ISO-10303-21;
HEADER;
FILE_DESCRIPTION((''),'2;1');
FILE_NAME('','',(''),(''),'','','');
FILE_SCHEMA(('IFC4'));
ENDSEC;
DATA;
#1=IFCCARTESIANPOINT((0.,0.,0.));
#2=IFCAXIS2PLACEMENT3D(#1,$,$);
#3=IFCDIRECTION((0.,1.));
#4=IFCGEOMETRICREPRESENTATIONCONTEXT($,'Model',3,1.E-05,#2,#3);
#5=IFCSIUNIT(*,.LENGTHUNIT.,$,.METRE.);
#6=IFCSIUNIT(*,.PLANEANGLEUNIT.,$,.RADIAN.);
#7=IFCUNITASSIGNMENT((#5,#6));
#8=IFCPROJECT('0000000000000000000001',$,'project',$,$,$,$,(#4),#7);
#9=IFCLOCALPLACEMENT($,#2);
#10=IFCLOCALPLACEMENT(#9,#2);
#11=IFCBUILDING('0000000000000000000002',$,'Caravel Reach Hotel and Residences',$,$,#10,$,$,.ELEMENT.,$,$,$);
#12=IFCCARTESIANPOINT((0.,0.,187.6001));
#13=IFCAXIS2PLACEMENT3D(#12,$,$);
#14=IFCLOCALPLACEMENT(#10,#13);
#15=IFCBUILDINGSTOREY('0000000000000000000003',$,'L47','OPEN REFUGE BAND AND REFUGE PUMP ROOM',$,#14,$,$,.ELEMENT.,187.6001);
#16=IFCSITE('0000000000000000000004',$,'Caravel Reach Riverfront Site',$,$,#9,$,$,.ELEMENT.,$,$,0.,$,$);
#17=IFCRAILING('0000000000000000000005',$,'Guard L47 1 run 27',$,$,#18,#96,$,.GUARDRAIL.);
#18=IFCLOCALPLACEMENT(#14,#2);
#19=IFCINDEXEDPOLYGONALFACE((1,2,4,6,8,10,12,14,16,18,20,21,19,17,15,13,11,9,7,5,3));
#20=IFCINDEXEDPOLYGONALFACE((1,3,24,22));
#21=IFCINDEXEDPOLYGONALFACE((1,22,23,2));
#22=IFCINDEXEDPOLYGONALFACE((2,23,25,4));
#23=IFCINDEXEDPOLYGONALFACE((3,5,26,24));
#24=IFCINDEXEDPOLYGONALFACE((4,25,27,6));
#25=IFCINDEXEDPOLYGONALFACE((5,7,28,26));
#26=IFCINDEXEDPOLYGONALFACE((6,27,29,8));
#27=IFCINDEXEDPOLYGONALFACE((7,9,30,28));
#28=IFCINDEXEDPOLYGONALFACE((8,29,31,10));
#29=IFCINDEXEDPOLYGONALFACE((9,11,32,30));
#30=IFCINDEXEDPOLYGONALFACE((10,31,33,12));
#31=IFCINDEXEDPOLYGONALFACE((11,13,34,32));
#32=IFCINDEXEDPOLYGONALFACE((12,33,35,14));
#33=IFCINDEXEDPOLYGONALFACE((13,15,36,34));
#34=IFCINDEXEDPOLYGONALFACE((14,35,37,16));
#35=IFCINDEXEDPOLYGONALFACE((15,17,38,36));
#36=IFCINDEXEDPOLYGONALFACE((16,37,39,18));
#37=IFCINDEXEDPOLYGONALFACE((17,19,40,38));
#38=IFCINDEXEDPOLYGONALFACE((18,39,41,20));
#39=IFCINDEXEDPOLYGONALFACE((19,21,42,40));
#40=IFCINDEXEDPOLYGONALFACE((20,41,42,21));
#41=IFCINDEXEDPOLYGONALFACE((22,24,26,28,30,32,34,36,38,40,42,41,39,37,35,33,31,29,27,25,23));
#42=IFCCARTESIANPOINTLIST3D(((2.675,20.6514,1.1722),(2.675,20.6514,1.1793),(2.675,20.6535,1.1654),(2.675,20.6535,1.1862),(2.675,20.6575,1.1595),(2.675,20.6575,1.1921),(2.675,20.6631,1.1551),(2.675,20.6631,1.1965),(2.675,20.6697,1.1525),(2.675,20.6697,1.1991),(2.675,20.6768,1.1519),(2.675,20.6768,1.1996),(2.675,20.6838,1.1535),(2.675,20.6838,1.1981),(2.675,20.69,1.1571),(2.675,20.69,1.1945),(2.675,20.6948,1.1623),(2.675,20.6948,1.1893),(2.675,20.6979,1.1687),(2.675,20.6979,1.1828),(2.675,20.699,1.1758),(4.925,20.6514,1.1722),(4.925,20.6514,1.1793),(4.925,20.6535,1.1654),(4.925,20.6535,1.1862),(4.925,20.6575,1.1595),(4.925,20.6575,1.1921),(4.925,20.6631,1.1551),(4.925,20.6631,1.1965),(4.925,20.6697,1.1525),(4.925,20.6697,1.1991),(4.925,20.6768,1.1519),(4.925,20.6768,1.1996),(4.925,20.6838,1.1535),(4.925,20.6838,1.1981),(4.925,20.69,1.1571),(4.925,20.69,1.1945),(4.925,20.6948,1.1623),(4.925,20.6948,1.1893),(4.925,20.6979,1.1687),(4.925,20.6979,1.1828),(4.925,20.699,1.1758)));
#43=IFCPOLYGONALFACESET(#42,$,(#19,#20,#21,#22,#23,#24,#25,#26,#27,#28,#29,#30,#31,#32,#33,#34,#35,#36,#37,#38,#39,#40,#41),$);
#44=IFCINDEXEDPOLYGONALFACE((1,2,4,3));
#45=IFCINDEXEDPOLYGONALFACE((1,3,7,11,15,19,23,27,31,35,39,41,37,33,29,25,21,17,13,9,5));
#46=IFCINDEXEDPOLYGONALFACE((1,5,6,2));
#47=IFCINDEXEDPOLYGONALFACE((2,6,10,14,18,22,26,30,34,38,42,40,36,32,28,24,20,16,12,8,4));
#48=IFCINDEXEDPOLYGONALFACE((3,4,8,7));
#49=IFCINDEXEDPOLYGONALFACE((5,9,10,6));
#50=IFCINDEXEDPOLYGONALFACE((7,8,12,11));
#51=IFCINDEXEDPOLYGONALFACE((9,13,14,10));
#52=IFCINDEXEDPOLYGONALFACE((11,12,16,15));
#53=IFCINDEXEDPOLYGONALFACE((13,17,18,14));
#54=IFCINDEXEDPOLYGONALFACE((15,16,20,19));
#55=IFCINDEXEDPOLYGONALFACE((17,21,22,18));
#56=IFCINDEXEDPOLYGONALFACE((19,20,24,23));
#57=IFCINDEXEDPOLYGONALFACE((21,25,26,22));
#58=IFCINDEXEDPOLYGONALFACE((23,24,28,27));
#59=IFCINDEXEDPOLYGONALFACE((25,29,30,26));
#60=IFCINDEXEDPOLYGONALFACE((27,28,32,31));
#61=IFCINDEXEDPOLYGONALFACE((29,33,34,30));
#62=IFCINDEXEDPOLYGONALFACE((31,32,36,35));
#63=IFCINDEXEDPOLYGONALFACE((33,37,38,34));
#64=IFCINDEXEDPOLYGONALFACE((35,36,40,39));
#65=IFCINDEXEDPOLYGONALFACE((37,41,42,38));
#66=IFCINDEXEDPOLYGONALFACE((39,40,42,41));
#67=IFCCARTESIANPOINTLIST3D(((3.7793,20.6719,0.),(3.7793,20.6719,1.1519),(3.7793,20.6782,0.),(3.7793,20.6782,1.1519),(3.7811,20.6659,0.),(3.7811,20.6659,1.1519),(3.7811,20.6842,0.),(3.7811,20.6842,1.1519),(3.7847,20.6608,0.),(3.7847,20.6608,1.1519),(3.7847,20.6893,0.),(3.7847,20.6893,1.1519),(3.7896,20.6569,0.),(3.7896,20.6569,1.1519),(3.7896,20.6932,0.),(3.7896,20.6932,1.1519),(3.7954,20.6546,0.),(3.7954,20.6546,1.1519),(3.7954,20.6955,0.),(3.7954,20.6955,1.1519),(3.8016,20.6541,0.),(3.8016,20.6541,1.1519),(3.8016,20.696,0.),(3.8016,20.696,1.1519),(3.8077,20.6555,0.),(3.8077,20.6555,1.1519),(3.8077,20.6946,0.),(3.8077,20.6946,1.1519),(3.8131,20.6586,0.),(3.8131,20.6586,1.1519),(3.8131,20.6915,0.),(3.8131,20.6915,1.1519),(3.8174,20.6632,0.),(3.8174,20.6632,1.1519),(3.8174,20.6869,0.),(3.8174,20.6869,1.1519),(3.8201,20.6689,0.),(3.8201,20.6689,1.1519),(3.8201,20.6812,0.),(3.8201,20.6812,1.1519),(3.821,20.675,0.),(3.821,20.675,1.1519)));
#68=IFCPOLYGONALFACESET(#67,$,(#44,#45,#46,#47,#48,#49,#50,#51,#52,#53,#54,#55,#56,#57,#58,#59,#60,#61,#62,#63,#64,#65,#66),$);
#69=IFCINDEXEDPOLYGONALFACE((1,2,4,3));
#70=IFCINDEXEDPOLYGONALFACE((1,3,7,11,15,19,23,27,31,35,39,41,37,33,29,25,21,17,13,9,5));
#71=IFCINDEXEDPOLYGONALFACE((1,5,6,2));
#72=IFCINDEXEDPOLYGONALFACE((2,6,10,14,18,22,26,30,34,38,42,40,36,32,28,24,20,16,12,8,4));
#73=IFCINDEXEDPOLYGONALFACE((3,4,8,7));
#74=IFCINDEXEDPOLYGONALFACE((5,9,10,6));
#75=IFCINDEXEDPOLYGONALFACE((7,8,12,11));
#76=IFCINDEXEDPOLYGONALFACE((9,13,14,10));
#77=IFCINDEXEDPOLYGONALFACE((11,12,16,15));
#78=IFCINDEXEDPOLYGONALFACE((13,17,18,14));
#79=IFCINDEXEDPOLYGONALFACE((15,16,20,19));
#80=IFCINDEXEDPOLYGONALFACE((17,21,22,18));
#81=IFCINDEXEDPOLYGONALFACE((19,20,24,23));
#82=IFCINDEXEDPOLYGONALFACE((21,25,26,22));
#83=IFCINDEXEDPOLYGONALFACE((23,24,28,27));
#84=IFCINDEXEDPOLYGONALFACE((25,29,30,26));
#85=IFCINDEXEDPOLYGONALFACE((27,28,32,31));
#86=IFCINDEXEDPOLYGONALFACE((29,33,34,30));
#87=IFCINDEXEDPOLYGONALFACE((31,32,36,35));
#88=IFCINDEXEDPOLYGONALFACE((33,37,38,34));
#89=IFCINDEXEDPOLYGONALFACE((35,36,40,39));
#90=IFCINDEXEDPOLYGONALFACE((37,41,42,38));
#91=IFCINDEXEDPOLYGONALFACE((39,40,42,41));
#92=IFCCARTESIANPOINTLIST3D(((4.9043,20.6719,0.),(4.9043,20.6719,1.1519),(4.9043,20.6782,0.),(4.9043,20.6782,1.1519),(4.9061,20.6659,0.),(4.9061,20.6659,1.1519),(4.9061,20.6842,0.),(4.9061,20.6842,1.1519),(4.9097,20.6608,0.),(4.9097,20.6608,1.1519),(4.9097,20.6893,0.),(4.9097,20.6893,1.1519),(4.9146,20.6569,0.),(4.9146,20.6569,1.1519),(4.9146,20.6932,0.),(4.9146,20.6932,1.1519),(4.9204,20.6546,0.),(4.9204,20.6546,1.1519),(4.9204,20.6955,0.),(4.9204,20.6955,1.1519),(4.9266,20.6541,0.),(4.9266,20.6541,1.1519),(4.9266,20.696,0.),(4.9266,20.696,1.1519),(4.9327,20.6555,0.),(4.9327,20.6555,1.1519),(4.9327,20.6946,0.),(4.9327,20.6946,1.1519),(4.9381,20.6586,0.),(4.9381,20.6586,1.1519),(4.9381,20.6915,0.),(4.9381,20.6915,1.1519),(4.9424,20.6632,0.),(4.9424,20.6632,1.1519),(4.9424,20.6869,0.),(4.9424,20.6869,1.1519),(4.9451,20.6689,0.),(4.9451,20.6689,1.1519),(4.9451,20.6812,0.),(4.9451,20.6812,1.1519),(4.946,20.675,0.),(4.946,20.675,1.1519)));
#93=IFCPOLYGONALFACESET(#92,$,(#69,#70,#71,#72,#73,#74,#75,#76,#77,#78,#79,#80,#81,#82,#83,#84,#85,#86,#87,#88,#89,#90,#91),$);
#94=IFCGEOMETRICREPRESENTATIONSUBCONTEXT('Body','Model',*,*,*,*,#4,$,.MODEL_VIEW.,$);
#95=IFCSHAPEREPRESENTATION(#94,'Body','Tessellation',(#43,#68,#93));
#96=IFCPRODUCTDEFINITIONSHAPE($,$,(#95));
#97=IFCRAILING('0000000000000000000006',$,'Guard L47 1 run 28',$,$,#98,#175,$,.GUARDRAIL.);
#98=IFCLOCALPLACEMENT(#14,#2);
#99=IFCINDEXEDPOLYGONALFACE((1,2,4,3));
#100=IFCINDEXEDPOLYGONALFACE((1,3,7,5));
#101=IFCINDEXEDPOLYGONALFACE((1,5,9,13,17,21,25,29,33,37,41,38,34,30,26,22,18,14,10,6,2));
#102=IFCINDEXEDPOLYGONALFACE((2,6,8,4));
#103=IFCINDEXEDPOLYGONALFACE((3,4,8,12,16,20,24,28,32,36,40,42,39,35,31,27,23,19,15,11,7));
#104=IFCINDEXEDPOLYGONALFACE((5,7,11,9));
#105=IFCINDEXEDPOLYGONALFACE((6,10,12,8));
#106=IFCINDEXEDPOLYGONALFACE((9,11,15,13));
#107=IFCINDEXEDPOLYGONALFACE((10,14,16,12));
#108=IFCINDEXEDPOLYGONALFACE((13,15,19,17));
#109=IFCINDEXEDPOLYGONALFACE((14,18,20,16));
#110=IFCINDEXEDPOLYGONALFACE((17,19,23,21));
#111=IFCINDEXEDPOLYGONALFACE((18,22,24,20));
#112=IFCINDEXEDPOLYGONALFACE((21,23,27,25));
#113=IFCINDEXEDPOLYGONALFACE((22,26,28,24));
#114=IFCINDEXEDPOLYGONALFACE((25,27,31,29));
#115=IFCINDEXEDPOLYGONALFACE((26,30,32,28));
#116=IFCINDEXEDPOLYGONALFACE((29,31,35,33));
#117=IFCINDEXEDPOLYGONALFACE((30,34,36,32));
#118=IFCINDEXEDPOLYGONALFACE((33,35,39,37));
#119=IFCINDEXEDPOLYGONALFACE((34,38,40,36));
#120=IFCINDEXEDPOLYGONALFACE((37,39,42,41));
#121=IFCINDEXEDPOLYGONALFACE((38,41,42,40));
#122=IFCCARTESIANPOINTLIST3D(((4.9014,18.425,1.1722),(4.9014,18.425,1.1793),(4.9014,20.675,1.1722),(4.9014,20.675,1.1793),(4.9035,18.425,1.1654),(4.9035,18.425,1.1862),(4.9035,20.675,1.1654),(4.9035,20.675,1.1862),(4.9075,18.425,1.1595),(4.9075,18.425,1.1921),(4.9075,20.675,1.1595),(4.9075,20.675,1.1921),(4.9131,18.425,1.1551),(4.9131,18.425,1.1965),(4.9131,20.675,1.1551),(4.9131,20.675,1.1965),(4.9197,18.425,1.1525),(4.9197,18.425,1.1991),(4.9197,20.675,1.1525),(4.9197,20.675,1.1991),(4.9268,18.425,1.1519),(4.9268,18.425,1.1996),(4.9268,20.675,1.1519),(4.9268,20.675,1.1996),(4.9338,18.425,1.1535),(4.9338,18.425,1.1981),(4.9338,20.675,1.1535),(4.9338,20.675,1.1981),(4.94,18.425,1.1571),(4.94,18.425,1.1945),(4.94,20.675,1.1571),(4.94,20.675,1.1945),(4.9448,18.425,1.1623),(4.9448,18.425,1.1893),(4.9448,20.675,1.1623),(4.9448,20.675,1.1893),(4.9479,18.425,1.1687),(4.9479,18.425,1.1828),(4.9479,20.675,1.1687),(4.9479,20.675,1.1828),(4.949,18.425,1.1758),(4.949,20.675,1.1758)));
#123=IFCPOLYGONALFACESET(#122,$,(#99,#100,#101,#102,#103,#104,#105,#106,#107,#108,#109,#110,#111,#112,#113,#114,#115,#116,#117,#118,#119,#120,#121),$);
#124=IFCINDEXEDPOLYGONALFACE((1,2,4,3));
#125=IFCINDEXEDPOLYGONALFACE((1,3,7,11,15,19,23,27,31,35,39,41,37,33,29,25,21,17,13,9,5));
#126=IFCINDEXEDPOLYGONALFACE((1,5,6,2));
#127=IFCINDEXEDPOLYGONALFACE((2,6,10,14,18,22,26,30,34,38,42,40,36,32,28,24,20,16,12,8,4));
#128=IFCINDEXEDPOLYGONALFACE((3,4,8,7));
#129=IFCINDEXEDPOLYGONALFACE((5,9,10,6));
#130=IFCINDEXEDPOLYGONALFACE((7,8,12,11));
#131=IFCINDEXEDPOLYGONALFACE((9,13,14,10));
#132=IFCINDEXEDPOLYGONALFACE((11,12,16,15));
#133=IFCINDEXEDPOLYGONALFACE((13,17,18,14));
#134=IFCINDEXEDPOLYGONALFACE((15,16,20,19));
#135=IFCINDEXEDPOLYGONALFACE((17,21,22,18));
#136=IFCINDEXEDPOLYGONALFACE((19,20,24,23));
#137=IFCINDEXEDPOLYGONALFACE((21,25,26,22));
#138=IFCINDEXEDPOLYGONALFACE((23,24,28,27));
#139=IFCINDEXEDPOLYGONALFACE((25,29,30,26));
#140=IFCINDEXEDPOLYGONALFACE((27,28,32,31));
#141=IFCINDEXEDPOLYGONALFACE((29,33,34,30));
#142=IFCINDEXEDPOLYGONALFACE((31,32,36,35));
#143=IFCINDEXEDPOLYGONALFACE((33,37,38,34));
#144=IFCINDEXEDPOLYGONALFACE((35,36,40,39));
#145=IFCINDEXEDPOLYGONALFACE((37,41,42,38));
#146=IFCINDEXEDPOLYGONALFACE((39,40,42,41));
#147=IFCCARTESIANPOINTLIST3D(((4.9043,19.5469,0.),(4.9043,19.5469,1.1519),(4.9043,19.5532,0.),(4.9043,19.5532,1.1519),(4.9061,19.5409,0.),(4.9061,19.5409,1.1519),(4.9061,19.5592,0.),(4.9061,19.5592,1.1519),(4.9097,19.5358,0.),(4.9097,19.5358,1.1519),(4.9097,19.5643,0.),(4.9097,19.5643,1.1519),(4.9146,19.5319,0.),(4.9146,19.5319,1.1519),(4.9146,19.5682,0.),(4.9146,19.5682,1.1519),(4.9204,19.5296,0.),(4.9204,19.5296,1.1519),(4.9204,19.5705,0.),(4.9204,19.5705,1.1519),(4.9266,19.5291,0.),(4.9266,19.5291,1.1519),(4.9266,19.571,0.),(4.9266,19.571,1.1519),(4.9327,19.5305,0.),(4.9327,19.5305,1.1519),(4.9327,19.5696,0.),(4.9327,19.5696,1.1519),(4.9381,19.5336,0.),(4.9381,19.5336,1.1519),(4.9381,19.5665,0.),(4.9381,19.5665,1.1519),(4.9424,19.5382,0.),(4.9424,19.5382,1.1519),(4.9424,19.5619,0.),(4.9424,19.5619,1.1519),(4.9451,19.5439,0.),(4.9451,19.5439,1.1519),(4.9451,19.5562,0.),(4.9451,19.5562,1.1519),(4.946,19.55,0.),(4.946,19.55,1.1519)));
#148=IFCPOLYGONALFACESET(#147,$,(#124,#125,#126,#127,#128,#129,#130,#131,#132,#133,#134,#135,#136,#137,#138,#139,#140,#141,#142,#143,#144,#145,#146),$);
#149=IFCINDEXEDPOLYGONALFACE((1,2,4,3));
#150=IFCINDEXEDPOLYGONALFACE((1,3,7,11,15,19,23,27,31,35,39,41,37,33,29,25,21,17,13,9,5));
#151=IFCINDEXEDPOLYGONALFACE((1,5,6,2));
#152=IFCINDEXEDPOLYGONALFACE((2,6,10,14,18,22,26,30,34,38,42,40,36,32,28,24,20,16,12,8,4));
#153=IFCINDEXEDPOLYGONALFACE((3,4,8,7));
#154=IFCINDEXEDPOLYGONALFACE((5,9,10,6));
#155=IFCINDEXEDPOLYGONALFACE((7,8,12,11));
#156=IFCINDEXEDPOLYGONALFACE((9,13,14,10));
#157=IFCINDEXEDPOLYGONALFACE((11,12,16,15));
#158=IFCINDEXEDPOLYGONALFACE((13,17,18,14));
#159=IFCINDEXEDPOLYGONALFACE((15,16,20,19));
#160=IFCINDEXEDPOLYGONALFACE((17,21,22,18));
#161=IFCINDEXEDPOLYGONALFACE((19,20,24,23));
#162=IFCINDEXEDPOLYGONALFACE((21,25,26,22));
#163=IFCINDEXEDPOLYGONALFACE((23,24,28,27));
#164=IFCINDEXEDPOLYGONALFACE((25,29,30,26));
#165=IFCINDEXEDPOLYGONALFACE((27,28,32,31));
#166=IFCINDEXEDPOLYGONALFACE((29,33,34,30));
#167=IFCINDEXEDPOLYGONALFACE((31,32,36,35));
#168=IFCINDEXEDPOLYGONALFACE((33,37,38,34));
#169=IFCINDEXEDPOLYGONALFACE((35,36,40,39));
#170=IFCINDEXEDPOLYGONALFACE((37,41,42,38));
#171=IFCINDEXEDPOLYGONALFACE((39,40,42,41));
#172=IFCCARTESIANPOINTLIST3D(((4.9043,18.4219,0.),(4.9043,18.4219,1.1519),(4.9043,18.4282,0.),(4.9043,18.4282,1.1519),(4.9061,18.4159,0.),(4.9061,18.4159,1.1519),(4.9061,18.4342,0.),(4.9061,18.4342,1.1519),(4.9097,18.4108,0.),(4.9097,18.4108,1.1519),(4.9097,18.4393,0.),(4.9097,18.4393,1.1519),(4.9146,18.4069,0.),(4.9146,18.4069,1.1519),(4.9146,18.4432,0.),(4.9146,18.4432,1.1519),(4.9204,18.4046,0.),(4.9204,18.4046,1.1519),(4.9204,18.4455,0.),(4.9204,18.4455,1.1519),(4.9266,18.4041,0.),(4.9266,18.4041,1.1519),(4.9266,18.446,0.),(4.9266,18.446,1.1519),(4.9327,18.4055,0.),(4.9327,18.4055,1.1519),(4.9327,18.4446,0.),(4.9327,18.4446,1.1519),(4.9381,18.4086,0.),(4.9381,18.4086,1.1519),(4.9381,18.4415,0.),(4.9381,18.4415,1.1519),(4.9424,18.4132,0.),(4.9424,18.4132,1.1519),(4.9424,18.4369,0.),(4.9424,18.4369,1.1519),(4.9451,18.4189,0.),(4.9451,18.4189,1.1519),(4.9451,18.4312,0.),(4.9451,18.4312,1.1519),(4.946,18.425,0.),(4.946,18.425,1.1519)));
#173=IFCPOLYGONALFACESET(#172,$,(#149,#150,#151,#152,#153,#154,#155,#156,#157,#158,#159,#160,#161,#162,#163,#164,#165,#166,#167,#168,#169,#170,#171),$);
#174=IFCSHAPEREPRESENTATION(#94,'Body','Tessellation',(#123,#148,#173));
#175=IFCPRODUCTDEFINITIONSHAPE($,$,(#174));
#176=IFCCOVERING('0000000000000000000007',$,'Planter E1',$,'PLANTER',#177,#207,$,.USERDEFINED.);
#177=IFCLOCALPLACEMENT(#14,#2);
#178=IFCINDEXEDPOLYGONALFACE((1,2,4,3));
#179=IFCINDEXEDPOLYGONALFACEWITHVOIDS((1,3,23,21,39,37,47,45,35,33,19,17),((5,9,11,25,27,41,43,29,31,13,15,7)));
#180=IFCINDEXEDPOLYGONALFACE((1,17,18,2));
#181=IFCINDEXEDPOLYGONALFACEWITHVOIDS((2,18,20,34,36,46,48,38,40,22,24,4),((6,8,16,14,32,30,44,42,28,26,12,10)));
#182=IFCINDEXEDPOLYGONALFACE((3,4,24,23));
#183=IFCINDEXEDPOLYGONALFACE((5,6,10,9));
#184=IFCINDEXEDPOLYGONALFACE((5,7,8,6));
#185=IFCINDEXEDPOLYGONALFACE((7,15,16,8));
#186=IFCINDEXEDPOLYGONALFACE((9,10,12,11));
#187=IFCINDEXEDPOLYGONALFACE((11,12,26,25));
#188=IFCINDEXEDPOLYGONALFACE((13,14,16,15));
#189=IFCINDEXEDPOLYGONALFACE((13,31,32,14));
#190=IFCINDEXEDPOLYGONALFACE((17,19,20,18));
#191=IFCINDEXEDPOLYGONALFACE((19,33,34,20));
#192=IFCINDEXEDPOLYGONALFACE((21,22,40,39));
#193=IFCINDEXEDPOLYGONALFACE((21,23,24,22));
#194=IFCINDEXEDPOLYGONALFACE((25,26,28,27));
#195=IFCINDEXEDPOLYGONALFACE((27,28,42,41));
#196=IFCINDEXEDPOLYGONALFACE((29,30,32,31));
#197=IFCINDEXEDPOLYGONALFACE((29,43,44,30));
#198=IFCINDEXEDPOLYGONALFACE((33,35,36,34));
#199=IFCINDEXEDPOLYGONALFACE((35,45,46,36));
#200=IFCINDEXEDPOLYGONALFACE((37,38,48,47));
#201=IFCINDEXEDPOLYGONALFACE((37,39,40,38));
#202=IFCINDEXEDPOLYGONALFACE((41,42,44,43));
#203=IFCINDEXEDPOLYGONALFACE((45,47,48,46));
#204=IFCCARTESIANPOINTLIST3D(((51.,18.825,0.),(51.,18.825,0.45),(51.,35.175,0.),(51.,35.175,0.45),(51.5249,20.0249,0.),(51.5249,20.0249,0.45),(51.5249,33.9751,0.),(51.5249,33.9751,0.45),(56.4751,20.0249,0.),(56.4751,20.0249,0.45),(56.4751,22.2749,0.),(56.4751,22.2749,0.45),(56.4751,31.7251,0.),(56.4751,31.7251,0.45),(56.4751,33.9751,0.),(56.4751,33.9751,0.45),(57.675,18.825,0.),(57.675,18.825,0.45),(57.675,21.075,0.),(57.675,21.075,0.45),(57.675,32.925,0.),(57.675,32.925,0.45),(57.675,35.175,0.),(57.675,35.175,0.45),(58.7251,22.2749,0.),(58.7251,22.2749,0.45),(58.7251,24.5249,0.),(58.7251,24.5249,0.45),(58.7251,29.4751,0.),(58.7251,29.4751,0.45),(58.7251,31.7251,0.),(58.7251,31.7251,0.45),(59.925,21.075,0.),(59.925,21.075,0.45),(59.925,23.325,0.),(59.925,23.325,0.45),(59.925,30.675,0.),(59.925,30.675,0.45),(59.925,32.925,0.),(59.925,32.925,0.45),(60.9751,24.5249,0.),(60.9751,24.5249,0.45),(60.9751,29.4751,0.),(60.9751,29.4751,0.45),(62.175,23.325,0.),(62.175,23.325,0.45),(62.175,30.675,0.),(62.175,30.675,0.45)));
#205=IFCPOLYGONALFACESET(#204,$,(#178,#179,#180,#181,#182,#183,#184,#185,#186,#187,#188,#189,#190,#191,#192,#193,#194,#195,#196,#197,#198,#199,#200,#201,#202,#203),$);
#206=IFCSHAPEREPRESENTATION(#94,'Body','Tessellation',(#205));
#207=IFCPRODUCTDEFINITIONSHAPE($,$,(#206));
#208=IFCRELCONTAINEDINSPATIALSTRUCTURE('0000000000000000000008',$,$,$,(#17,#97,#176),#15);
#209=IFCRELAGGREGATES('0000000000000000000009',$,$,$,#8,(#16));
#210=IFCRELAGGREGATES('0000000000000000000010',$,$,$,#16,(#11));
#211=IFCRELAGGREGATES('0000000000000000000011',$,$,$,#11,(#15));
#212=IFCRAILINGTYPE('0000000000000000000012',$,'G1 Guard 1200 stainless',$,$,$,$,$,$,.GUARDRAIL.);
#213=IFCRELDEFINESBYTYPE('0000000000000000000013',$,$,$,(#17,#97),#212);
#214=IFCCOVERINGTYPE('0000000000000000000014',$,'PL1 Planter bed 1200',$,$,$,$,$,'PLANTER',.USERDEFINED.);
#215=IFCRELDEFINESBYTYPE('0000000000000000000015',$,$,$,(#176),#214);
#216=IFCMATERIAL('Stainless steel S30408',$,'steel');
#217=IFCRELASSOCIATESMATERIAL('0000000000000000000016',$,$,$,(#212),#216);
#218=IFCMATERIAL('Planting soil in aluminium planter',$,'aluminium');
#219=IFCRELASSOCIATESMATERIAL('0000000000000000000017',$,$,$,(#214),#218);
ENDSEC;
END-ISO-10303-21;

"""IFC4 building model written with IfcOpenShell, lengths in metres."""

from ifc_helpers import new_model, si_unit, direction, frame, origin, origin_2d, place, context, subcontext, project, spatial, polyline, circle, outline, extrude, material, type_object, element, save


model = new_model("IFC4")

# Units and contexts
model_context = context("Model", 3, precision=1e-05, world=origin(), true_north=direction((0.0, 1.0)))
body_context = subcontext(model_context, "Body", "Model", "MODEL_VIEW")
ifc_project = project(units=[si_unit("LENGTHUNIT", "METRE"), si_unit("PLANEANGLEUNIT", "RADIAN")], contexts=[model_context])

# Site, building, storey
site_placement = place(None, origin())
site = spatial("IfcSite", under=ifc_project, at=site_placement, Name="Caravel Reach Riverfront Site", CompositionType="ELEMENT", RefElevation=0.0)
building_placement = place(site_placement, origin())
building = spatial("IfcBuilding", under=site, at=building_placement, Name="Caravel Reach Hotel and Residences", CompositionType="ELEMENT")
storey_placement = place(building_placement, frame((0.0, 0.0, 187.6001)))
storey = spatial("IfcBuildingStorey", under=building, at=storey_placement, Name="L47", Description="OPEN REFUGE BAND AND REFUGE PUMP ROOM", CompositionType="ELEMENT", Elevation=187.6001)

# Railings
ifc_material_1 = material(Name="Stainless steel S30408", Category="steel")
railing_type = type_object("IfcRailingType", Name="G1 Guard 1200 stainless", PredefinedType="GUARDRAIL", material=ifc_material_1)
railing_1_placement = place(storey_placement, frame((2.675, 20.675, 0.0)))
element("IfcRailing", 1, at=railing_1_placement, inside=storey, type_object=railing_type, Name="Guard L47 1 run 27", PredefinedType="GUARDRAIL", context=body_context, shape_type="SweptSolid", body=[
    extrude(circle(Radius=0.0239, at=origin_2d()), frame((0.0, 0.0, 1.1758), z_axis=(1.0, 0.0, 0.0), x_axis=(0.0, 1.0, 0.0)), (0.0, 0.0, 1.0), 2.25),
    extrude(circle(Radius=0.021, at=origin_2d()), frame((1.125, 0.0, 0.0)), (0.0, 0.0, 1.0), 1.1519),
    extrude(circle(Radius=0.021, at=origin_2d()), frame((2.25, 0.0, 0.0)), (0.0, 0.0, 1.0), 1.1519),
])
railing_2_placement = place(storey_placement, frame((4.925, 20.675, 0.0)))
element("IfcRailing", 2, at=railing_2_placement, inside=storey, type_object=railing_type, Name="Guard L47 1 run 28", PredefinedType="GUARDRAIL", context=body_context, shape_type="SweptSolid", body=[
    extrude(circle(Radius=0.0239, at=origin_2d()), frame((0.0, 0.0, 1.1758), z_axis=(0.0, -1.0, 0.0), x_axis=(1.0, 0.0, 0.0)), (0.0, 0.0, 1.0), 2.25),
    extrude(circle(Radius=0.021, at=origin_2d()), frame((0.0, -1.125, 0.0)), (0.0, 0.0, 1.0), 1.1519),
    extrude(circle(Radius=0.021, at=origin_2d()), frame((0.0, -2.25, 0.0)), (0.0, 0.0, 1.0), 1.1519),
])

# Covering
ifc_material_2 = material(Name="Planting soil in aluminium planter", Category="aluminium")
covering_type_1 = type_object("IfcCoveringType", Name="PL1 Planter bed 1200", ElementType="PLANTER", PredefinedType="USERDEFINED", material=ifc_material_2)
covering_1_placement = place(storey_placement, origin())
element("IfcCovering", 3, at=covering_1_placement, inside=storey, type_object=covering_type_1, Name="Planter E1", ObjectType="PLANTER", PredefinedType="USERDEFINED", context=body_context, shape_type="SweptSolid", body=[
    extrude(outline(polyline([(59.925, 32.925), (57.675, 32.925), (57.675, 35.175), (51.0, 35.175), (51.0, 18.825), (57.675, 18.825), (57.675, 21.075), (59.925, 21.075), (59.925, 23.325), (62.175, 23.325), (62.175, 30.675), (59.925, 30.675), (59.925, 32.925)]), holes=[polyline([(51.5249, 20.0249), (51.5249, 33.9751), (56.4751, 33.9751), (56.4751, 31.7251), (58.7251, 31.7251), (58.7251, 29.4751), (60.9751, 29.4751), (60.9751, 24.5249), (58.7251, 24.5249), (58.7251, 22.2749), (56.4751, 22.2749), (56.4751, 20.0249), (51.5249, 20.0249)])]), origin(), (0.0, 0.0, 1.0), 0.45),
])

save(model, "model.ifc")
